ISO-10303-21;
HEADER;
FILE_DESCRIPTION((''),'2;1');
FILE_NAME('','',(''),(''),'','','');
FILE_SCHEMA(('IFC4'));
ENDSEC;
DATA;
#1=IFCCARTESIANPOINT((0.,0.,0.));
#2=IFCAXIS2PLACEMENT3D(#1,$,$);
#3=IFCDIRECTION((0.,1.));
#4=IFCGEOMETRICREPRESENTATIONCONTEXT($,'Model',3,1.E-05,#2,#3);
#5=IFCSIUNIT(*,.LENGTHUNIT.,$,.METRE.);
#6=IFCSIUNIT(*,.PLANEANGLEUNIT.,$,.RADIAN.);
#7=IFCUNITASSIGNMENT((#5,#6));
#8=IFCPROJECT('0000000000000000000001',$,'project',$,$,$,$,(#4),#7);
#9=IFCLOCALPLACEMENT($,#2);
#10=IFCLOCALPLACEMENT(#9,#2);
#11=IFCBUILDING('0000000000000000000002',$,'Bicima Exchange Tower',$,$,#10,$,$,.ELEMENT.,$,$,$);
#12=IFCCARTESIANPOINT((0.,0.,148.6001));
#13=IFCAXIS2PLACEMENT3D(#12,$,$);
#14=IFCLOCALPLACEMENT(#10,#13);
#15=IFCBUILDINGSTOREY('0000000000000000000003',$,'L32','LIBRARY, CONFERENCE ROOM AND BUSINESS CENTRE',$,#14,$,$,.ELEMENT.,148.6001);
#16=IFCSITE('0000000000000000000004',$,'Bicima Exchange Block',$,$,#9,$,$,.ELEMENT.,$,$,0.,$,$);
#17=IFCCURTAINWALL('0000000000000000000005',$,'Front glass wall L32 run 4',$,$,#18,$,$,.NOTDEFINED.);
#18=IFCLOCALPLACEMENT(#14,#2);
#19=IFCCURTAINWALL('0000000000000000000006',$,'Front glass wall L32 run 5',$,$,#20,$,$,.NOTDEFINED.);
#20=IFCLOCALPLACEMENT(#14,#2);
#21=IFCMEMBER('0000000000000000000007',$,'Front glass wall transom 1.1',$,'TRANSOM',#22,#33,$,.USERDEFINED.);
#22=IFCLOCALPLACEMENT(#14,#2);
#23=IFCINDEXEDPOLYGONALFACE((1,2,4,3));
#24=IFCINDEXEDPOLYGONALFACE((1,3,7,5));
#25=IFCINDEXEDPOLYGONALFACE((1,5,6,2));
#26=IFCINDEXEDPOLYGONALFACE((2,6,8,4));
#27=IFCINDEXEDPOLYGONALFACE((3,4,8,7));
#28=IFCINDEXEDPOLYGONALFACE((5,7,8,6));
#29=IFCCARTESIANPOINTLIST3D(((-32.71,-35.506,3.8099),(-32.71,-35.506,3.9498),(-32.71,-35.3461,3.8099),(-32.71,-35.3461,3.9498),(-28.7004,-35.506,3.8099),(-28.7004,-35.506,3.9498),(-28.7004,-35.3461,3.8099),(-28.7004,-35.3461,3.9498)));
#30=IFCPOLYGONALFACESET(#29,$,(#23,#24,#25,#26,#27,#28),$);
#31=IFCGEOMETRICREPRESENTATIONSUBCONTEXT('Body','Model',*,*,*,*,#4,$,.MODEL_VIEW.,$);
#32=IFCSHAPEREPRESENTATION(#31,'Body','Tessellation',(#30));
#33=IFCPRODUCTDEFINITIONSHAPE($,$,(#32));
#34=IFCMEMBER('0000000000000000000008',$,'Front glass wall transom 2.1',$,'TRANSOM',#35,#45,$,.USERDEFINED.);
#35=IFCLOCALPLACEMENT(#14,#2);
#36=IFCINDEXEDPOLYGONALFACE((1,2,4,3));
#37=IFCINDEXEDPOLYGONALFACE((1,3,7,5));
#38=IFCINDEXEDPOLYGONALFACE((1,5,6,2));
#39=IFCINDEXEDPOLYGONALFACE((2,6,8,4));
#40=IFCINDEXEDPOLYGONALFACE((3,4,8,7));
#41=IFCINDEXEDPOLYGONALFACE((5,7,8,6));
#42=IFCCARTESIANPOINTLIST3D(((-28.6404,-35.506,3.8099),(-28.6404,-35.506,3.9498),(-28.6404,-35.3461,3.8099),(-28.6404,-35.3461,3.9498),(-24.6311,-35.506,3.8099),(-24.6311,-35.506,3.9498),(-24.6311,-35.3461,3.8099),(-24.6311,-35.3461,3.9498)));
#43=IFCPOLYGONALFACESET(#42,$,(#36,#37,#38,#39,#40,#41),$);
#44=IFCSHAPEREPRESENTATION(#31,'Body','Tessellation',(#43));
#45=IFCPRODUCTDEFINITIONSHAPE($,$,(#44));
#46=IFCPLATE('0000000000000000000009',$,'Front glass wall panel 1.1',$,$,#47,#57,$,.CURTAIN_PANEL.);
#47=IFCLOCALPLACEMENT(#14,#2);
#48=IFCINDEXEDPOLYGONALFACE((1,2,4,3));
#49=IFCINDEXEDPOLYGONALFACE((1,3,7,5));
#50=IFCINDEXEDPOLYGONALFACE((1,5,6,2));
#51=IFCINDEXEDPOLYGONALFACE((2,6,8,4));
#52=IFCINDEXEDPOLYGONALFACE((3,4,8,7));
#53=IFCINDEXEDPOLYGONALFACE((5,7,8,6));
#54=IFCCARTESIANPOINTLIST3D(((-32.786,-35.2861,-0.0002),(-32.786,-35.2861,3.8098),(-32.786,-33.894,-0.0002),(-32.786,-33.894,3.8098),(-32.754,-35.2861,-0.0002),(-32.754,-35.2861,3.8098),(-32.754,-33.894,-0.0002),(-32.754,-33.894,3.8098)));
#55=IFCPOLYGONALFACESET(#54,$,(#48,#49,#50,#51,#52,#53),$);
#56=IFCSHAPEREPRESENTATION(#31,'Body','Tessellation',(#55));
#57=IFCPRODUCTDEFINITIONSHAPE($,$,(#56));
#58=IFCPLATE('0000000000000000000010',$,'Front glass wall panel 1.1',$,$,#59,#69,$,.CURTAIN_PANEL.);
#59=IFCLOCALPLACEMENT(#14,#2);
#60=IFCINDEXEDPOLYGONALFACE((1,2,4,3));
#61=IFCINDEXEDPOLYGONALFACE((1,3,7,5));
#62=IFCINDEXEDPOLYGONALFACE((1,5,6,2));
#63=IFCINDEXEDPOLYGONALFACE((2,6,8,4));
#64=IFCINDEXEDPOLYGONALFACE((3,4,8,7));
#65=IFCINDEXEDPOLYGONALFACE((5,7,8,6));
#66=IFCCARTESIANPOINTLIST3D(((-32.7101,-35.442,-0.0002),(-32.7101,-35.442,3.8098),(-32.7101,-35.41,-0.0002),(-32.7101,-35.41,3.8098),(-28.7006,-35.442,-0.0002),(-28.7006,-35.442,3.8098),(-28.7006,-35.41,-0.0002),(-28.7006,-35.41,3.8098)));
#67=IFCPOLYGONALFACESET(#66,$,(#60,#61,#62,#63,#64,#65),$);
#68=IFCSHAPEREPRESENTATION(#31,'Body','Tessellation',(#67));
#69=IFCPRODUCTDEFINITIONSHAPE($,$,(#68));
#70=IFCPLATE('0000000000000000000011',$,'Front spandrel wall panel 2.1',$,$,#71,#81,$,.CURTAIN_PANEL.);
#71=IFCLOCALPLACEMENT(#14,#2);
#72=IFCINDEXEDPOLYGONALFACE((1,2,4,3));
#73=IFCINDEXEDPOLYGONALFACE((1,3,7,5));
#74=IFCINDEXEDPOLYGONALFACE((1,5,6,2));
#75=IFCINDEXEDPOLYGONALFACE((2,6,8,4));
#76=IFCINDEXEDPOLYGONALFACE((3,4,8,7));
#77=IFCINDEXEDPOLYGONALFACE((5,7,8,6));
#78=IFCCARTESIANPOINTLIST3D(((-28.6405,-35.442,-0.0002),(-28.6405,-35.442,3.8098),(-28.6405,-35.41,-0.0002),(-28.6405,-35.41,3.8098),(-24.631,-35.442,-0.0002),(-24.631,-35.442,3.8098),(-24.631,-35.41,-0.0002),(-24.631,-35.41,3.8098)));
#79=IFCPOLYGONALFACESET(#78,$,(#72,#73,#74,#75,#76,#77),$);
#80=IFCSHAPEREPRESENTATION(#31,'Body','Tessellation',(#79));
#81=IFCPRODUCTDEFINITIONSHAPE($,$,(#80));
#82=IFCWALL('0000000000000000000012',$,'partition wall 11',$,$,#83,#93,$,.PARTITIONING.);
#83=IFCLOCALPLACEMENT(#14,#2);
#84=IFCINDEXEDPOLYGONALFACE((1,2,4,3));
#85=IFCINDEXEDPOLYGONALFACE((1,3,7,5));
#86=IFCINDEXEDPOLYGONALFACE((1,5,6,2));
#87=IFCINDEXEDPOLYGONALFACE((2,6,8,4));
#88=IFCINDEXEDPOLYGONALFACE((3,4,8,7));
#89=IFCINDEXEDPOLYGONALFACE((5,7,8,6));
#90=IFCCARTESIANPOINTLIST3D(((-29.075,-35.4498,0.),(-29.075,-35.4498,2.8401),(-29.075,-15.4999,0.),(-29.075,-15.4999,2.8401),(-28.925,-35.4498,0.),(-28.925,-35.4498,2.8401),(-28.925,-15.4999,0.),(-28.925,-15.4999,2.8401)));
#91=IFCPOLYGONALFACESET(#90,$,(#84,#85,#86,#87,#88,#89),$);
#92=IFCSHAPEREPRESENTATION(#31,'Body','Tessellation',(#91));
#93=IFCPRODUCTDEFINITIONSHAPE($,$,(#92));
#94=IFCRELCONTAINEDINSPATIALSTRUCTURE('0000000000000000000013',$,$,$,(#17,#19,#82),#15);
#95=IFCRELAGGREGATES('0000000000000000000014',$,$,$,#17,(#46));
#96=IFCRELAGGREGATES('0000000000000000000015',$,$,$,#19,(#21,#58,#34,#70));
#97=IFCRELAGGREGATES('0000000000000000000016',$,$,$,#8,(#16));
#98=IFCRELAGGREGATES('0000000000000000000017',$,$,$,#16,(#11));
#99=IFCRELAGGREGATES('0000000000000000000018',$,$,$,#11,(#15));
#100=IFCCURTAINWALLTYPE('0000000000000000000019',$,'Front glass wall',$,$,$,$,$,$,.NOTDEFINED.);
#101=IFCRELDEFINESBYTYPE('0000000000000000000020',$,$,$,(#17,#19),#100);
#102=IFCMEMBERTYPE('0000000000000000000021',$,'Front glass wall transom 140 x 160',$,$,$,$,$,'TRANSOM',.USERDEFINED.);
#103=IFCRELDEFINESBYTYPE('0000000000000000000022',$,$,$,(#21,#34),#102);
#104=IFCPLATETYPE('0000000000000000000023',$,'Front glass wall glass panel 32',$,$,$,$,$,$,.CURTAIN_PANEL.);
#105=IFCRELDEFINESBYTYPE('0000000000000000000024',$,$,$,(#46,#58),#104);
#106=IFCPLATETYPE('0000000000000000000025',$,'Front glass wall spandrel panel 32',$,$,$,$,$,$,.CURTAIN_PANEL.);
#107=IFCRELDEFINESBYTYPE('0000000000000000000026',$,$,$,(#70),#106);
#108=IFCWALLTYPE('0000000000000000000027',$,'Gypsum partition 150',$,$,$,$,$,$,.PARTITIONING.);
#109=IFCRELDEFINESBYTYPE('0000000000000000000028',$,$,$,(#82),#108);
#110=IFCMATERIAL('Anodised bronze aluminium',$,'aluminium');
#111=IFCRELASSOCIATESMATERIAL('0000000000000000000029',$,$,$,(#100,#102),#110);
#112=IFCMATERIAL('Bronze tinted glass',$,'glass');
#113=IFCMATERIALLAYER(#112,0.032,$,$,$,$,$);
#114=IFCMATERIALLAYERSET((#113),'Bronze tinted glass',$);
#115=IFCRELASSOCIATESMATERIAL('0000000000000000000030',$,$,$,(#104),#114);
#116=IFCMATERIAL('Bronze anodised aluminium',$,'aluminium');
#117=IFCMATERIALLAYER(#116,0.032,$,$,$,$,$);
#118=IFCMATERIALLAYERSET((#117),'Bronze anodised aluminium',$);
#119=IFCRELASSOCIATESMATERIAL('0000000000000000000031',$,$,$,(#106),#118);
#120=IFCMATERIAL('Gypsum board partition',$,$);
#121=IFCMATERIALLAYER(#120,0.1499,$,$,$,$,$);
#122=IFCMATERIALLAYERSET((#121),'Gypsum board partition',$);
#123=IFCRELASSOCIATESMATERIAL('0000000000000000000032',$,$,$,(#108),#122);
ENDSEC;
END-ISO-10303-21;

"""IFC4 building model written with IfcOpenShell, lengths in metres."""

from ifc_helpers import new_model, si_unit, direction, frame, frame_2d, origin, origin_2d, place, context, subcontext, project, spatial, rectangle, extrude, material, layer, layer_set, material_profile, profile_set, type_object, element, aggregate, save


model = new_model("IFC4")

# Units and contexts
model_context = context("Model", 3, precision=1e-05, world=origin(), true_north=direction((0.0, 1.0)))
body_context = subcontext(model_context, "Body", "Model", "MODEL_VIEW")
ifc_project = project(units=[si_unit("LENGTHUNIT", "METRE"), si_unit("PLANEANGLEUNIT", "RADIAN")], contexts=[model_context])

# Site, building, storey
site_placement = place(None, origin())
site = spatial("IfcSite", under=ifc_project, at=site_placement, Name="Bicima Exchange Block", CompositionType="ELEMENT", RefElevation=0.0)
building_placement = place(site_placement, origin())
building = spatial("IfcBuilding", under=site, at=building_placement, Name="Bicima Exchange Tower", CompositionType="ELEMENT")
storey_placement = place(building_placement, frame((0.0, 0.0, 148.6001)))
storey = spatial("IfcBuildingStorey", under=building, at=storey_placement, Name="L32", Description="LIBRARY, CONFERENCE ROOM AND BUSINESS CENTRE", CompositionType="ELEMENT", Elevation=148.6001)

# Shared definitions
ifc_material_1 = material(Name="Anodised bronze aluminium", Category="aluminium")
curtain_wall_type = type_object("IfcCurtainWallType", Name="Front glass wall", PredefinedType="NOTDEFINED", material=ifc_material_1)

# Curtain walls
curtain_wall_1_placement = place(storey_placement, origin())
curtain_wall_1 = element("IfcCurtainWall", 1, at=curtain_wall_1_placement, inside=storey, type_object=curtain_wall_type, Name="Front glass wall L32 run 4", PredefinedType="NOTDEFINED")
curtain_wall_2_placement = place(storey_placement, origin())
curtain_wall_2 = element("IfcCurtainWall", 2, at=curtain_wall_2_placement, inside=storey, type_object=curtain_wall_type, Name="Front glass wall L32 run 5", PredefinedType="NOTDEFINED")

# Members
ifc_material_profile_1 = material_profile(ifc_material_1, rectangle(XDim=0.1599, YDim=0.1399, at=origin_2d()))
ifc_profile_set_1 = profile_set([ifc_material_profile_1], Name="Anodised bronze aluminium")
member_type_1 = type_object("IfcMemberType", Name="Front glass wall transom 140 x 160", ElementType="TRANSOM", PredefinedType="USERDEFINED", material=ifc_profile_set_1)
member_1_placement = place(storey_placement, frame((-32.71, -35.426, 3.8799), z_axis=(1.0, 0.0, 0.0), x_axis=(0.0, 1.0, 0.0)))
member_1 = element("IfcMember", 3, at=member_1_placement, type_object=member_type_1, Name="Front glass wall transom 1.1", ObjectType="TRANSOM", PredefinedType="USERDEFINED", context=body_context, shape_type="SweptSolid", body=[
    extrude(rectangle(XDim=0.1599, YDim=0.1399, at=origin_2d()), origin(), (0.0, 0.0, 1.0), 4.0095),
])
member_2_placement = place(storey_placement, frame((-28.6404, -35.426, 3.8799), z_axis=(1.0, 0.0, 0.0), x_axis=(0.0, 1.0, 0.0)))
member_2 = element("IfcMember", 4, at=member_2_placement, type_object=member_type_1, Name="Front glass wall transom 2.1", ObjectType="TRANSOM", PredefinedType="USERDEFINED", context=body_context, shape_type="SweptSolid", body=[
    extrude(rectangle(XDim=0.1599, YDim=0.1399, at=origin_2d()), origin(), (0.0, 0.0, 1.0), 4.0093),
])

# Plates
ifc_material_2 = material(Name="Bronze tinted glass", Category="glass")
ifc_layer_1 = layer(ifc_material_2, 0.032)
ifc_layer_set_1 = layer_set([ifc_layer_1], Name="Bronze tinted glass")
plate_type_1 = type_object("IfcPlateType", Name="Front glass wall glass panel 32", PredefinedType="CURTAIN_PANEL", material=ifc_layer_set_1)
plate_1_placement = place(storey_placement, frame((-32.77, -34.5901, -0.0002), z_axis=(0.0, 0.0, 1.0), x_axis=(0.0, -1.0, 0.0)))
plate_1 = element("IfcPlate", 5, at=plate_1_placement, type_object=plate_type_1, Name="Front glass wall panel 1.1", PredefinedType="CURTAIN_PANEL", context=body_context, shape_type="SweptSolid", body=[
    extrude(rectangle(XDim=1.3921, YDim=0.032, at=origin_2d()), origin(), (0.0, 0.0, 1.0), 3.8101),
])
aggregate(curtain_wall_1, [plate_1])
plate_2_placement = place(storey_placement, frame((-30.7053, -35.426, -0.0002), z_axis=(0.0, 0.0, 1.0), x_axis=(1.0, 0.0, 0.0)))
plate_2 = element("IfcPlate", 6, at=plate_2_placement, type_object=plate_type_1, Name="Front glass wall panel 1.1", PredefinedType="CURTAIN_PANEL", context=body_context, shape_type="SweptSolid", body=[
    extrude(rectangle(XDim=4.0095, YDim=0.032, at=origin_2d()), origin(), (0.0, 0.0, 1.0), 3.8101),
])
ifc_material_3 = material(Name="Bronze anodised aluminium", Category="aluminium")
ifc_layer_2 = layer(ifc_material_3, 0.032)
ifc_layer_set_2 = layer_set([ifc_layer_2], Name="Bronze anodised aluminium")
plate_type_2 = type_object("IfcPlateType", Name="Front glass wall spandrel panel 32", PredefinedType="CURTAIN_PANEL", material=ifc_layer_set_2)
plate_3_placement = place(storey_placement, frame((-26.6357, -35.426, -0.0002), z_axis=(0.0, 0.0, 1.0), x_axis=(1.0, 0.0, 0.0)))
plate_3 = element("IfcPlate", 7, at=plate_3_placement, type_object=plate_type_2, Name="Front spandrel wall panel 2.1", PredefinedType="CURTAIN_PANEL", context=body_context, shape_type="SweptSolid", body=[
    extrude(rectangle(XDim=4.0095, YDim=0.032, at=origin_2d()), origin(), (0.0, 0.0, 1.0), 3.8101),
])
aggregate(curtain_wall_2, [member_1, plate_2, member_2, plate_3])

# Wall
ifc_material_4 = material(Name="Gypsum board partition")
ifc_layer_3 = layer(ifc_material_4, 0.1499)
ifc_layer_set_3 = layer_set([ifc_layer_3], Name="Gypsum board partition")
wall_type = type_object("IfcWallType", Name="Gypsum partition 150", PredefinedType="PARTITIONING", material=ifc_layer_set_3)
wall_placement = place(storey_placement, frame((-29.0, -35.45, 0.0), z_axis=(0.0, 0.0, 1.0), x_axis=(0.0, 1.0, 0.0)))
element("IfcWall", 8, at=wall_placement, inside=storey, type_object=wall_type, Name="partition wall 11", PredefinedType="PARTITIONING", context=body_context, shape_type="SweptSolid", body=[
    extrude(rectangle(XDim=19.95, YDim=0.1499, at=frame_2d((9.9751, 0.0))), origin(), (0.0, 0.0, 1.0), 2.8401),
])

save(model, "model.ifc")
